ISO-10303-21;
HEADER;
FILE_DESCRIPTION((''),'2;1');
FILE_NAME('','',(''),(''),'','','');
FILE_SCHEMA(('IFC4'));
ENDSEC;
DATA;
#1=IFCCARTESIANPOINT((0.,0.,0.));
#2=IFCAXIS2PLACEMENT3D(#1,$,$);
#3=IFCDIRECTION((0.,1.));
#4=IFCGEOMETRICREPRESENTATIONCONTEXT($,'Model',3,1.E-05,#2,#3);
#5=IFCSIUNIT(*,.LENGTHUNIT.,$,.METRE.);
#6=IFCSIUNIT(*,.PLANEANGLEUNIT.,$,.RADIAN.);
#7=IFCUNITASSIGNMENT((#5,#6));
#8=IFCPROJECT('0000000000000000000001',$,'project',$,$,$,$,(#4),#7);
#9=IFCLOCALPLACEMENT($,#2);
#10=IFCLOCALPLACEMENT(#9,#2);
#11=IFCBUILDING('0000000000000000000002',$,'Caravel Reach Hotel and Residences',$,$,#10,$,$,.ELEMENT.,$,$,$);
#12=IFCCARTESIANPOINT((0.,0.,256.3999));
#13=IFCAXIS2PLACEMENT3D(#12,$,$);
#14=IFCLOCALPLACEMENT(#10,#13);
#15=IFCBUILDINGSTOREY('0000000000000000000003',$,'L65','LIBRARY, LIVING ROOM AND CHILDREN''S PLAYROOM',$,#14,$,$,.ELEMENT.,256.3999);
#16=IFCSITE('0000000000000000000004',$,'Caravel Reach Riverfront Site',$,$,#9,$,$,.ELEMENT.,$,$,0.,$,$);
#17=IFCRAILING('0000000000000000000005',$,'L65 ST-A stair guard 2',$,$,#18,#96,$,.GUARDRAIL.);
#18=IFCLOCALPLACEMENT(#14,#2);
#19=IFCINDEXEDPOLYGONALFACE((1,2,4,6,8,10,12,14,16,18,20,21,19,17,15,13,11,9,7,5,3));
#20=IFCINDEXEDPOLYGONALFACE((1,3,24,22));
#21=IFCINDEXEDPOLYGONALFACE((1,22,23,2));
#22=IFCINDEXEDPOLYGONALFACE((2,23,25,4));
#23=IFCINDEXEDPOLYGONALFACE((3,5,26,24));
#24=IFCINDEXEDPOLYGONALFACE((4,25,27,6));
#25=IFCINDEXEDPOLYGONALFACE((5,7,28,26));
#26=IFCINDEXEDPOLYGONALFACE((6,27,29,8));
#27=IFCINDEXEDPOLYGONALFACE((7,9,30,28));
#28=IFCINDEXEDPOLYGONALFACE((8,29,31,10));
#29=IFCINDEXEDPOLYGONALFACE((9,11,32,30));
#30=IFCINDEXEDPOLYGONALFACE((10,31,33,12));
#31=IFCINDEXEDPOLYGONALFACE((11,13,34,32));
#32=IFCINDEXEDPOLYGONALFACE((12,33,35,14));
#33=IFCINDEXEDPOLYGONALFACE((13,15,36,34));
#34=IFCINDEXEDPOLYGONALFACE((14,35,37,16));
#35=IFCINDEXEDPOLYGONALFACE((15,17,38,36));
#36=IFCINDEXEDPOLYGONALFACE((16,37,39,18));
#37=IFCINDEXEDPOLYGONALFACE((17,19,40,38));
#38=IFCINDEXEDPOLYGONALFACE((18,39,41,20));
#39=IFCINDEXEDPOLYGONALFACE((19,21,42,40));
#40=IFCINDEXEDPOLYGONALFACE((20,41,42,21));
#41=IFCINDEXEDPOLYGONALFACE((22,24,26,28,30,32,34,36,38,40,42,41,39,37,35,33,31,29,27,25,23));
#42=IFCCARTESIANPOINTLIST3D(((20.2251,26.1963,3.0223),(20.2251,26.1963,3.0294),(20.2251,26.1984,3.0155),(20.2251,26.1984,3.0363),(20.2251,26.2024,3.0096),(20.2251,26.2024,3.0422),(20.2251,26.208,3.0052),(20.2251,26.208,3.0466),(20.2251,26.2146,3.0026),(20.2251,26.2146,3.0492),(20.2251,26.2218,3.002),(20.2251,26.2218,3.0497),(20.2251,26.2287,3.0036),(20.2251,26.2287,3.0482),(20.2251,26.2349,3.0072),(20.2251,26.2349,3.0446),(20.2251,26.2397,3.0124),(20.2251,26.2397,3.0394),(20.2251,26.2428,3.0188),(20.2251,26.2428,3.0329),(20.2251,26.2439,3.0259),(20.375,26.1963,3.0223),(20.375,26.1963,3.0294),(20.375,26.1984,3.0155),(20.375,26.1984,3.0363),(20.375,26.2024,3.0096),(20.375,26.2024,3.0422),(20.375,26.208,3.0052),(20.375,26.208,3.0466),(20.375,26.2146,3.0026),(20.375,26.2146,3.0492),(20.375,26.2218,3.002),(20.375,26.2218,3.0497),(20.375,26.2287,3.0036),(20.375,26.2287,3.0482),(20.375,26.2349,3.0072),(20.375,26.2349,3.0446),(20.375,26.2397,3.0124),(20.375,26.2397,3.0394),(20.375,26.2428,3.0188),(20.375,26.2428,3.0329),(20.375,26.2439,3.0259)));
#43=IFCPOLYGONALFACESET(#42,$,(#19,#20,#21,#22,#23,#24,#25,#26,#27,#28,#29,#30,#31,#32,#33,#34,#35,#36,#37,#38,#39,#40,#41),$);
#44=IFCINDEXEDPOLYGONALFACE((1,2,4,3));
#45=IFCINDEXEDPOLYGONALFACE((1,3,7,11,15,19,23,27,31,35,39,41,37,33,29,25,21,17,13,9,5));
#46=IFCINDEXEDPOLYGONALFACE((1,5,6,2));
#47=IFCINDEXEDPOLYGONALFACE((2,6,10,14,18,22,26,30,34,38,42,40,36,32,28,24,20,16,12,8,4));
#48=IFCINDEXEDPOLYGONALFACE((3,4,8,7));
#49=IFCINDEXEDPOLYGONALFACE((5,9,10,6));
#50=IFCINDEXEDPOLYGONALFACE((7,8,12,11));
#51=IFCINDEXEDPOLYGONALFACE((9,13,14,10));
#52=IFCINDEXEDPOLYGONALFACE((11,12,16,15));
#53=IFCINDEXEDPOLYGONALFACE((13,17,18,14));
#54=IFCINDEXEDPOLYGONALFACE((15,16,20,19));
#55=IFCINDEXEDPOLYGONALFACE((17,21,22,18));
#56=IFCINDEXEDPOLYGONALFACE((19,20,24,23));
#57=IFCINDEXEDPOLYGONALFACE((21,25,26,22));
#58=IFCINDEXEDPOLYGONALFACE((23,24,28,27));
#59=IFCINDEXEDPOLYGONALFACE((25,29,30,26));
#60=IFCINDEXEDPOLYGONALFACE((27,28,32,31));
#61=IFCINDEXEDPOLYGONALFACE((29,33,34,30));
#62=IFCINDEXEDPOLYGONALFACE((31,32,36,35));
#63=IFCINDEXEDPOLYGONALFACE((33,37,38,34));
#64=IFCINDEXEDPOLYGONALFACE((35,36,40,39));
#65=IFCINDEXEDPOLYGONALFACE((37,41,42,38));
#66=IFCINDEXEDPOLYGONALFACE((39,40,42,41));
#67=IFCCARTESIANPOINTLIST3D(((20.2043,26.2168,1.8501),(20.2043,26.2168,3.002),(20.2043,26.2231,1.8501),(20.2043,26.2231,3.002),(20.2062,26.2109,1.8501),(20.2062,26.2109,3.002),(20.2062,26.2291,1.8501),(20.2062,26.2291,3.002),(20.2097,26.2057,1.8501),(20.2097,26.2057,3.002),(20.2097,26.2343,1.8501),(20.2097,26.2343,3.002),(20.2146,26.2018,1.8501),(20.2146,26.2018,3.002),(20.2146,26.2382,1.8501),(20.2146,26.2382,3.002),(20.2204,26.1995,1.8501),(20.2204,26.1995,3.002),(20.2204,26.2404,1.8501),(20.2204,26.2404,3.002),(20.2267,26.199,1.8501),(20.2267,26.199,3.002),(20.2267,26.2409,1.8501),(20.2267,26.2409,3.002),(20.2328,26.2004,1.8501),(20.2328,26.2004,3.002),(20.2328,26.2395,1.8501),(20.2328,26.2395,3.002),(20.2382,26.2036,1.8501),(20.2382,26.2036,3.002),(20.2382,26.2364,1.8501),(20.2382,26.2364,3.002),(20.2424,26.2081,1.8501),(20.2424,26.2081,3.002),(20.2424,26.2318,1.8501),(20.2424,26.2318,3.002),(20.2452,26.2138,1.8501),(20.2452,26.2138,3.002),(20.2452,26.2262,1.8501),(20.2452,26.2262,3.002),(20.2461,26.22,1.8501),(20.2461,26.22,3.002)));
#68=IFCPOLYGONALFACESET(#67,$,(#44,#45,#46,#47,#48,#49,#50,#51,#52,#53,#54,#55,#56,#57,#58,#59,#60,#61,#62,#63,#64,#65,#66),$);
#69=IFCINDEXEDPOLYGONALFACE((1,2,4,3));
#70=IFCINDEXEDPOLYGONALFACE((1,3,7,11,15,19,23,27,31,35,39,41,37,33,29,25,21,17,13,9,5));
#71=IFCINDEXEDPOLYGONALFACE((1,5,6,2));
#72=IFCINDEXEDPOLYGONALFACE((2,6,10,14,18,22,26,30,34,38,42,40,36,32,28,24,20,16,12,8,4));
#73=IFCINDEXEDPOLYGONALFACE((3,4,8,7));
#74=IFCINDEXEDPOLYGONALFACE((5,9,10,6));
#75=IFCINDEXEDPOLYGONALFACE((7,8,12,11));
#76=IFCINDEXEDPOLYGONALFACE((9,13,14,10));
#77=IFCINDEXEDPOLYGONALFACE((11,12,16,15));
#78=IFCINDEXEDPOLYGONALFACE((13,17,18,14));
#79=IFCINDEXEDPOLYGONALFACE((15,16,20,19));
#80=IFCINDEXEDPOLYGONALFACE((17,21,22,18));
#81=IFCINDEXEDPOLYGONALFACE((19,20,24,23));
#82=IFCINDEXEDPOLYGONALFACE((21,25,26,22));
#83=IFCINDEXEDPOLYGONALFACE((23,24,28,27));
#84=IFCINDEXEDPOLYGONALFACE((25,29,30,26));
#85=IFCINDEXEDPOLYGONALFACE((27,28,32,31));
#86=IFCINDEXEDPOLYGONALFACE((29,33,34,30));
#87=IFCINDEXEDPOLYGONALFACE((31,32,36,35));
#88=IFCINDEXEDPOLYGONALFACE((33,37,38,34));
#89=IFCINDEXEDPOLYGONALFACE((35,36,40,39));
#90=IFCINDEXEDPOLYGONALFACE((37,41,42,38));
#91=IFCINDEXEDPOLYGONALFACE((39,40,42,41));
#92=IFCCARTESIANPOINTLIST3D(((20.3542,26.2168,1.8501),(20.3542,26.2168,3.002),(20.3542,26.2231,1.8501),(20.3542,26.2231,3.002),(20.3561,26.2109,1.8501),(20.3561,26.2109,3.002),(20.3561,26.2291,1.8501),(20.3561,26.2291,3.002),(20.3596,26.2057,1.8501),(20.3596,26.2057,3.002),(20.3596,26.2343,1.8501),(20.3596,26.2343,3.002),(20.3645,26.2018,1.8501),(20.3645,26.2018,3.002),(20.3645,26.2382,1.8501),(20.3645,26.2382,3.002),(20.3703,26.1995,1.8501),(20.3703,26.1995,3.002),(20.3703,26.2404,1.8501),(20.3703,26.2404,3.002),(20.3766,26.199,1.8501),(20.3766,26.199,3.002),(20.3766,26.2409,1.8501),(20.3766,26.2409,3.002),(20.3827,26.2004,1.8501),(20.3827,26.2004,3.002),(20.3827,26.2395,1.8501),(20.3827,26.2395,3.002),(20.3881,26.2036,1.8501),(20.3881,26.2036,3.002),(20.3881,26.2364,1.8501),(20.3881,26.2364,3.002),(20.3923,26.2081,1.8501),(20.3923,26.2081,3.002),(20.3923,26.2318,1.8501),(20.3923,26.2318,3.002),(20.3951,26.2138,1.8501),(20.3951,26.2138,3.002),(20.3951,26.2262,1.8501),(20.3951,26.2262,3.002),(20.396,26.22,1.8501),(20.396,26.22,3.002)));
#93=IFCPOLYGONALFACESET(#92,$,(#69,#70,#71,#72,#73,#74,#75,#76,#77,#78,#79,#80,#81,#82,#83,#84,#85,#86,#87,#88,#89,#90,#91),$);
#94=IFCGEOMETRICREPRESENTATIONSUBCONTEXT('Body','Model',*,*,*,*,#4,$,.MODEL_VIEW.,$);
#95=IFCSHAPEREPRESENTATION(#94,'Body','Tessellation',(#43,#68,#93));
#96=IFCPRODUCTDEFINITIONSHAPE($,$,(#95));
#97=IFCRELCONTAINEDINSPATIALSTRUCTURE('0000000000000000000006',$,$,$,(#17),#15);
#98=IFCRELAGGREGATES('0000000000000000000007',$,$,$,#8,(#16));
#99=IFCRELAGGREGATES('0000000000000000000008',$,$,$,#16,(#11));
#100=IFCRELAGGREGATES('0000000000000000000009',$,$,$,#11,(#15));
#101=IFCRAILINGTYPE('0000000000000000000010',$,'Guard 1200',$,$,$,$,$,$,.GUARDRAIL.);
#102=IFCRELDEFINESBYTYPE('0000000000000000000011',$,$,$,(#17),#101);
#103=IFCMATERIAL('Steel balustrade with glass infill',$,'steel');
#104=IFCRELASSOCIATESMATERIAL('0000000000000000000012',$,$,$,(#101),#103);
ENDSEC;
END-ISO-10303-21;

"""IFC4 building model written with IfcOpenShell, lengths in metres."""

from ifc_helpers import new_model, si_unit, direction, frame, origin, origin_2d, place, context, subcontext, project, spatial, circle, extrude, material, type_object, element, save


model = new_model("IFC4")

# Units and contexts
model_context = context("Model", 3, precision=1e-05, world=origin(), true_north=direction((0.0, 1.0)))
body_context = subcontext(model_context, "Body", "Model", "MODEL_VIEW")
ifc_project = project(units=[si_unit("LENGTHUNIT", "METRE"), si_unit("PLANEANGLEUNIT", "RADIAN")], contexts=[model_context])

# Site, building, storey
site_placement = place(None, origin())
site = spatial("IfcSite", under=ifc_project, at=site_placement, Name="Caravel Reach Riverfront Site", CompositionType="ELEMENT", RefElevation=0.0)
building_placement = place(site_placement, origin())
building = spatial("IfcBuilding", under=site, at=building_placement, Name="Caravel Reach Hotel and Residences", CompositionType="ELEMENT")
storey_placement = place(building_placement, frame((0.0, 0.0, 256.3999)))
storey = spatial("IfcBuildingStorey", under=building, at=storey_placement, Name="L65", Description="LIBRARY, LIVING ROOM AND CHILDREN'S PLAYROOM", CompositionType="ELEMENT", Elevation=256.3999)

# Railing
ifc_material_1 = material(Name="Steel balustrade with glass infill", Category="steel")
railing_type_1 = type_object("IfcRailingType", Name="Guard 1200", PredefinedType="GUARDRAIL", material=ifc_material_1)
railing_1_placement = place(storey_placement, frame((20.2251, 26.22, 1.8501)))
element("IfcRailing", 1, at=railing_1_placement, inside=storey, type_object=railing_type_1, Name="L65 ST-A stair guard 2", PredefinedType="GUARDRAIL", context=body_context, shape_type="SweptSolid", body=[
    extrude(circle(Radius=0.0239, at=origin_2d()), frame((0.0, 0.0, 1.1758), z_axis=(1.0, 0.0, 0.0), x_axis=(0.0, 1.0, 0.0)), (0.0, 0.0, 1.0), 0.1499),
    extrude(circle(Radius=0.021, at=origin_2d()), origin(), (0.0, 0.0, 1.0), 1.1519),
    extrude(circle(Radius=0.021, at=origin_2d()), frame((0.1499, 0.0, 0.0)), (0.0, 0.0, 1.0), 1.1519),
])

save(model, "model.ifc")
